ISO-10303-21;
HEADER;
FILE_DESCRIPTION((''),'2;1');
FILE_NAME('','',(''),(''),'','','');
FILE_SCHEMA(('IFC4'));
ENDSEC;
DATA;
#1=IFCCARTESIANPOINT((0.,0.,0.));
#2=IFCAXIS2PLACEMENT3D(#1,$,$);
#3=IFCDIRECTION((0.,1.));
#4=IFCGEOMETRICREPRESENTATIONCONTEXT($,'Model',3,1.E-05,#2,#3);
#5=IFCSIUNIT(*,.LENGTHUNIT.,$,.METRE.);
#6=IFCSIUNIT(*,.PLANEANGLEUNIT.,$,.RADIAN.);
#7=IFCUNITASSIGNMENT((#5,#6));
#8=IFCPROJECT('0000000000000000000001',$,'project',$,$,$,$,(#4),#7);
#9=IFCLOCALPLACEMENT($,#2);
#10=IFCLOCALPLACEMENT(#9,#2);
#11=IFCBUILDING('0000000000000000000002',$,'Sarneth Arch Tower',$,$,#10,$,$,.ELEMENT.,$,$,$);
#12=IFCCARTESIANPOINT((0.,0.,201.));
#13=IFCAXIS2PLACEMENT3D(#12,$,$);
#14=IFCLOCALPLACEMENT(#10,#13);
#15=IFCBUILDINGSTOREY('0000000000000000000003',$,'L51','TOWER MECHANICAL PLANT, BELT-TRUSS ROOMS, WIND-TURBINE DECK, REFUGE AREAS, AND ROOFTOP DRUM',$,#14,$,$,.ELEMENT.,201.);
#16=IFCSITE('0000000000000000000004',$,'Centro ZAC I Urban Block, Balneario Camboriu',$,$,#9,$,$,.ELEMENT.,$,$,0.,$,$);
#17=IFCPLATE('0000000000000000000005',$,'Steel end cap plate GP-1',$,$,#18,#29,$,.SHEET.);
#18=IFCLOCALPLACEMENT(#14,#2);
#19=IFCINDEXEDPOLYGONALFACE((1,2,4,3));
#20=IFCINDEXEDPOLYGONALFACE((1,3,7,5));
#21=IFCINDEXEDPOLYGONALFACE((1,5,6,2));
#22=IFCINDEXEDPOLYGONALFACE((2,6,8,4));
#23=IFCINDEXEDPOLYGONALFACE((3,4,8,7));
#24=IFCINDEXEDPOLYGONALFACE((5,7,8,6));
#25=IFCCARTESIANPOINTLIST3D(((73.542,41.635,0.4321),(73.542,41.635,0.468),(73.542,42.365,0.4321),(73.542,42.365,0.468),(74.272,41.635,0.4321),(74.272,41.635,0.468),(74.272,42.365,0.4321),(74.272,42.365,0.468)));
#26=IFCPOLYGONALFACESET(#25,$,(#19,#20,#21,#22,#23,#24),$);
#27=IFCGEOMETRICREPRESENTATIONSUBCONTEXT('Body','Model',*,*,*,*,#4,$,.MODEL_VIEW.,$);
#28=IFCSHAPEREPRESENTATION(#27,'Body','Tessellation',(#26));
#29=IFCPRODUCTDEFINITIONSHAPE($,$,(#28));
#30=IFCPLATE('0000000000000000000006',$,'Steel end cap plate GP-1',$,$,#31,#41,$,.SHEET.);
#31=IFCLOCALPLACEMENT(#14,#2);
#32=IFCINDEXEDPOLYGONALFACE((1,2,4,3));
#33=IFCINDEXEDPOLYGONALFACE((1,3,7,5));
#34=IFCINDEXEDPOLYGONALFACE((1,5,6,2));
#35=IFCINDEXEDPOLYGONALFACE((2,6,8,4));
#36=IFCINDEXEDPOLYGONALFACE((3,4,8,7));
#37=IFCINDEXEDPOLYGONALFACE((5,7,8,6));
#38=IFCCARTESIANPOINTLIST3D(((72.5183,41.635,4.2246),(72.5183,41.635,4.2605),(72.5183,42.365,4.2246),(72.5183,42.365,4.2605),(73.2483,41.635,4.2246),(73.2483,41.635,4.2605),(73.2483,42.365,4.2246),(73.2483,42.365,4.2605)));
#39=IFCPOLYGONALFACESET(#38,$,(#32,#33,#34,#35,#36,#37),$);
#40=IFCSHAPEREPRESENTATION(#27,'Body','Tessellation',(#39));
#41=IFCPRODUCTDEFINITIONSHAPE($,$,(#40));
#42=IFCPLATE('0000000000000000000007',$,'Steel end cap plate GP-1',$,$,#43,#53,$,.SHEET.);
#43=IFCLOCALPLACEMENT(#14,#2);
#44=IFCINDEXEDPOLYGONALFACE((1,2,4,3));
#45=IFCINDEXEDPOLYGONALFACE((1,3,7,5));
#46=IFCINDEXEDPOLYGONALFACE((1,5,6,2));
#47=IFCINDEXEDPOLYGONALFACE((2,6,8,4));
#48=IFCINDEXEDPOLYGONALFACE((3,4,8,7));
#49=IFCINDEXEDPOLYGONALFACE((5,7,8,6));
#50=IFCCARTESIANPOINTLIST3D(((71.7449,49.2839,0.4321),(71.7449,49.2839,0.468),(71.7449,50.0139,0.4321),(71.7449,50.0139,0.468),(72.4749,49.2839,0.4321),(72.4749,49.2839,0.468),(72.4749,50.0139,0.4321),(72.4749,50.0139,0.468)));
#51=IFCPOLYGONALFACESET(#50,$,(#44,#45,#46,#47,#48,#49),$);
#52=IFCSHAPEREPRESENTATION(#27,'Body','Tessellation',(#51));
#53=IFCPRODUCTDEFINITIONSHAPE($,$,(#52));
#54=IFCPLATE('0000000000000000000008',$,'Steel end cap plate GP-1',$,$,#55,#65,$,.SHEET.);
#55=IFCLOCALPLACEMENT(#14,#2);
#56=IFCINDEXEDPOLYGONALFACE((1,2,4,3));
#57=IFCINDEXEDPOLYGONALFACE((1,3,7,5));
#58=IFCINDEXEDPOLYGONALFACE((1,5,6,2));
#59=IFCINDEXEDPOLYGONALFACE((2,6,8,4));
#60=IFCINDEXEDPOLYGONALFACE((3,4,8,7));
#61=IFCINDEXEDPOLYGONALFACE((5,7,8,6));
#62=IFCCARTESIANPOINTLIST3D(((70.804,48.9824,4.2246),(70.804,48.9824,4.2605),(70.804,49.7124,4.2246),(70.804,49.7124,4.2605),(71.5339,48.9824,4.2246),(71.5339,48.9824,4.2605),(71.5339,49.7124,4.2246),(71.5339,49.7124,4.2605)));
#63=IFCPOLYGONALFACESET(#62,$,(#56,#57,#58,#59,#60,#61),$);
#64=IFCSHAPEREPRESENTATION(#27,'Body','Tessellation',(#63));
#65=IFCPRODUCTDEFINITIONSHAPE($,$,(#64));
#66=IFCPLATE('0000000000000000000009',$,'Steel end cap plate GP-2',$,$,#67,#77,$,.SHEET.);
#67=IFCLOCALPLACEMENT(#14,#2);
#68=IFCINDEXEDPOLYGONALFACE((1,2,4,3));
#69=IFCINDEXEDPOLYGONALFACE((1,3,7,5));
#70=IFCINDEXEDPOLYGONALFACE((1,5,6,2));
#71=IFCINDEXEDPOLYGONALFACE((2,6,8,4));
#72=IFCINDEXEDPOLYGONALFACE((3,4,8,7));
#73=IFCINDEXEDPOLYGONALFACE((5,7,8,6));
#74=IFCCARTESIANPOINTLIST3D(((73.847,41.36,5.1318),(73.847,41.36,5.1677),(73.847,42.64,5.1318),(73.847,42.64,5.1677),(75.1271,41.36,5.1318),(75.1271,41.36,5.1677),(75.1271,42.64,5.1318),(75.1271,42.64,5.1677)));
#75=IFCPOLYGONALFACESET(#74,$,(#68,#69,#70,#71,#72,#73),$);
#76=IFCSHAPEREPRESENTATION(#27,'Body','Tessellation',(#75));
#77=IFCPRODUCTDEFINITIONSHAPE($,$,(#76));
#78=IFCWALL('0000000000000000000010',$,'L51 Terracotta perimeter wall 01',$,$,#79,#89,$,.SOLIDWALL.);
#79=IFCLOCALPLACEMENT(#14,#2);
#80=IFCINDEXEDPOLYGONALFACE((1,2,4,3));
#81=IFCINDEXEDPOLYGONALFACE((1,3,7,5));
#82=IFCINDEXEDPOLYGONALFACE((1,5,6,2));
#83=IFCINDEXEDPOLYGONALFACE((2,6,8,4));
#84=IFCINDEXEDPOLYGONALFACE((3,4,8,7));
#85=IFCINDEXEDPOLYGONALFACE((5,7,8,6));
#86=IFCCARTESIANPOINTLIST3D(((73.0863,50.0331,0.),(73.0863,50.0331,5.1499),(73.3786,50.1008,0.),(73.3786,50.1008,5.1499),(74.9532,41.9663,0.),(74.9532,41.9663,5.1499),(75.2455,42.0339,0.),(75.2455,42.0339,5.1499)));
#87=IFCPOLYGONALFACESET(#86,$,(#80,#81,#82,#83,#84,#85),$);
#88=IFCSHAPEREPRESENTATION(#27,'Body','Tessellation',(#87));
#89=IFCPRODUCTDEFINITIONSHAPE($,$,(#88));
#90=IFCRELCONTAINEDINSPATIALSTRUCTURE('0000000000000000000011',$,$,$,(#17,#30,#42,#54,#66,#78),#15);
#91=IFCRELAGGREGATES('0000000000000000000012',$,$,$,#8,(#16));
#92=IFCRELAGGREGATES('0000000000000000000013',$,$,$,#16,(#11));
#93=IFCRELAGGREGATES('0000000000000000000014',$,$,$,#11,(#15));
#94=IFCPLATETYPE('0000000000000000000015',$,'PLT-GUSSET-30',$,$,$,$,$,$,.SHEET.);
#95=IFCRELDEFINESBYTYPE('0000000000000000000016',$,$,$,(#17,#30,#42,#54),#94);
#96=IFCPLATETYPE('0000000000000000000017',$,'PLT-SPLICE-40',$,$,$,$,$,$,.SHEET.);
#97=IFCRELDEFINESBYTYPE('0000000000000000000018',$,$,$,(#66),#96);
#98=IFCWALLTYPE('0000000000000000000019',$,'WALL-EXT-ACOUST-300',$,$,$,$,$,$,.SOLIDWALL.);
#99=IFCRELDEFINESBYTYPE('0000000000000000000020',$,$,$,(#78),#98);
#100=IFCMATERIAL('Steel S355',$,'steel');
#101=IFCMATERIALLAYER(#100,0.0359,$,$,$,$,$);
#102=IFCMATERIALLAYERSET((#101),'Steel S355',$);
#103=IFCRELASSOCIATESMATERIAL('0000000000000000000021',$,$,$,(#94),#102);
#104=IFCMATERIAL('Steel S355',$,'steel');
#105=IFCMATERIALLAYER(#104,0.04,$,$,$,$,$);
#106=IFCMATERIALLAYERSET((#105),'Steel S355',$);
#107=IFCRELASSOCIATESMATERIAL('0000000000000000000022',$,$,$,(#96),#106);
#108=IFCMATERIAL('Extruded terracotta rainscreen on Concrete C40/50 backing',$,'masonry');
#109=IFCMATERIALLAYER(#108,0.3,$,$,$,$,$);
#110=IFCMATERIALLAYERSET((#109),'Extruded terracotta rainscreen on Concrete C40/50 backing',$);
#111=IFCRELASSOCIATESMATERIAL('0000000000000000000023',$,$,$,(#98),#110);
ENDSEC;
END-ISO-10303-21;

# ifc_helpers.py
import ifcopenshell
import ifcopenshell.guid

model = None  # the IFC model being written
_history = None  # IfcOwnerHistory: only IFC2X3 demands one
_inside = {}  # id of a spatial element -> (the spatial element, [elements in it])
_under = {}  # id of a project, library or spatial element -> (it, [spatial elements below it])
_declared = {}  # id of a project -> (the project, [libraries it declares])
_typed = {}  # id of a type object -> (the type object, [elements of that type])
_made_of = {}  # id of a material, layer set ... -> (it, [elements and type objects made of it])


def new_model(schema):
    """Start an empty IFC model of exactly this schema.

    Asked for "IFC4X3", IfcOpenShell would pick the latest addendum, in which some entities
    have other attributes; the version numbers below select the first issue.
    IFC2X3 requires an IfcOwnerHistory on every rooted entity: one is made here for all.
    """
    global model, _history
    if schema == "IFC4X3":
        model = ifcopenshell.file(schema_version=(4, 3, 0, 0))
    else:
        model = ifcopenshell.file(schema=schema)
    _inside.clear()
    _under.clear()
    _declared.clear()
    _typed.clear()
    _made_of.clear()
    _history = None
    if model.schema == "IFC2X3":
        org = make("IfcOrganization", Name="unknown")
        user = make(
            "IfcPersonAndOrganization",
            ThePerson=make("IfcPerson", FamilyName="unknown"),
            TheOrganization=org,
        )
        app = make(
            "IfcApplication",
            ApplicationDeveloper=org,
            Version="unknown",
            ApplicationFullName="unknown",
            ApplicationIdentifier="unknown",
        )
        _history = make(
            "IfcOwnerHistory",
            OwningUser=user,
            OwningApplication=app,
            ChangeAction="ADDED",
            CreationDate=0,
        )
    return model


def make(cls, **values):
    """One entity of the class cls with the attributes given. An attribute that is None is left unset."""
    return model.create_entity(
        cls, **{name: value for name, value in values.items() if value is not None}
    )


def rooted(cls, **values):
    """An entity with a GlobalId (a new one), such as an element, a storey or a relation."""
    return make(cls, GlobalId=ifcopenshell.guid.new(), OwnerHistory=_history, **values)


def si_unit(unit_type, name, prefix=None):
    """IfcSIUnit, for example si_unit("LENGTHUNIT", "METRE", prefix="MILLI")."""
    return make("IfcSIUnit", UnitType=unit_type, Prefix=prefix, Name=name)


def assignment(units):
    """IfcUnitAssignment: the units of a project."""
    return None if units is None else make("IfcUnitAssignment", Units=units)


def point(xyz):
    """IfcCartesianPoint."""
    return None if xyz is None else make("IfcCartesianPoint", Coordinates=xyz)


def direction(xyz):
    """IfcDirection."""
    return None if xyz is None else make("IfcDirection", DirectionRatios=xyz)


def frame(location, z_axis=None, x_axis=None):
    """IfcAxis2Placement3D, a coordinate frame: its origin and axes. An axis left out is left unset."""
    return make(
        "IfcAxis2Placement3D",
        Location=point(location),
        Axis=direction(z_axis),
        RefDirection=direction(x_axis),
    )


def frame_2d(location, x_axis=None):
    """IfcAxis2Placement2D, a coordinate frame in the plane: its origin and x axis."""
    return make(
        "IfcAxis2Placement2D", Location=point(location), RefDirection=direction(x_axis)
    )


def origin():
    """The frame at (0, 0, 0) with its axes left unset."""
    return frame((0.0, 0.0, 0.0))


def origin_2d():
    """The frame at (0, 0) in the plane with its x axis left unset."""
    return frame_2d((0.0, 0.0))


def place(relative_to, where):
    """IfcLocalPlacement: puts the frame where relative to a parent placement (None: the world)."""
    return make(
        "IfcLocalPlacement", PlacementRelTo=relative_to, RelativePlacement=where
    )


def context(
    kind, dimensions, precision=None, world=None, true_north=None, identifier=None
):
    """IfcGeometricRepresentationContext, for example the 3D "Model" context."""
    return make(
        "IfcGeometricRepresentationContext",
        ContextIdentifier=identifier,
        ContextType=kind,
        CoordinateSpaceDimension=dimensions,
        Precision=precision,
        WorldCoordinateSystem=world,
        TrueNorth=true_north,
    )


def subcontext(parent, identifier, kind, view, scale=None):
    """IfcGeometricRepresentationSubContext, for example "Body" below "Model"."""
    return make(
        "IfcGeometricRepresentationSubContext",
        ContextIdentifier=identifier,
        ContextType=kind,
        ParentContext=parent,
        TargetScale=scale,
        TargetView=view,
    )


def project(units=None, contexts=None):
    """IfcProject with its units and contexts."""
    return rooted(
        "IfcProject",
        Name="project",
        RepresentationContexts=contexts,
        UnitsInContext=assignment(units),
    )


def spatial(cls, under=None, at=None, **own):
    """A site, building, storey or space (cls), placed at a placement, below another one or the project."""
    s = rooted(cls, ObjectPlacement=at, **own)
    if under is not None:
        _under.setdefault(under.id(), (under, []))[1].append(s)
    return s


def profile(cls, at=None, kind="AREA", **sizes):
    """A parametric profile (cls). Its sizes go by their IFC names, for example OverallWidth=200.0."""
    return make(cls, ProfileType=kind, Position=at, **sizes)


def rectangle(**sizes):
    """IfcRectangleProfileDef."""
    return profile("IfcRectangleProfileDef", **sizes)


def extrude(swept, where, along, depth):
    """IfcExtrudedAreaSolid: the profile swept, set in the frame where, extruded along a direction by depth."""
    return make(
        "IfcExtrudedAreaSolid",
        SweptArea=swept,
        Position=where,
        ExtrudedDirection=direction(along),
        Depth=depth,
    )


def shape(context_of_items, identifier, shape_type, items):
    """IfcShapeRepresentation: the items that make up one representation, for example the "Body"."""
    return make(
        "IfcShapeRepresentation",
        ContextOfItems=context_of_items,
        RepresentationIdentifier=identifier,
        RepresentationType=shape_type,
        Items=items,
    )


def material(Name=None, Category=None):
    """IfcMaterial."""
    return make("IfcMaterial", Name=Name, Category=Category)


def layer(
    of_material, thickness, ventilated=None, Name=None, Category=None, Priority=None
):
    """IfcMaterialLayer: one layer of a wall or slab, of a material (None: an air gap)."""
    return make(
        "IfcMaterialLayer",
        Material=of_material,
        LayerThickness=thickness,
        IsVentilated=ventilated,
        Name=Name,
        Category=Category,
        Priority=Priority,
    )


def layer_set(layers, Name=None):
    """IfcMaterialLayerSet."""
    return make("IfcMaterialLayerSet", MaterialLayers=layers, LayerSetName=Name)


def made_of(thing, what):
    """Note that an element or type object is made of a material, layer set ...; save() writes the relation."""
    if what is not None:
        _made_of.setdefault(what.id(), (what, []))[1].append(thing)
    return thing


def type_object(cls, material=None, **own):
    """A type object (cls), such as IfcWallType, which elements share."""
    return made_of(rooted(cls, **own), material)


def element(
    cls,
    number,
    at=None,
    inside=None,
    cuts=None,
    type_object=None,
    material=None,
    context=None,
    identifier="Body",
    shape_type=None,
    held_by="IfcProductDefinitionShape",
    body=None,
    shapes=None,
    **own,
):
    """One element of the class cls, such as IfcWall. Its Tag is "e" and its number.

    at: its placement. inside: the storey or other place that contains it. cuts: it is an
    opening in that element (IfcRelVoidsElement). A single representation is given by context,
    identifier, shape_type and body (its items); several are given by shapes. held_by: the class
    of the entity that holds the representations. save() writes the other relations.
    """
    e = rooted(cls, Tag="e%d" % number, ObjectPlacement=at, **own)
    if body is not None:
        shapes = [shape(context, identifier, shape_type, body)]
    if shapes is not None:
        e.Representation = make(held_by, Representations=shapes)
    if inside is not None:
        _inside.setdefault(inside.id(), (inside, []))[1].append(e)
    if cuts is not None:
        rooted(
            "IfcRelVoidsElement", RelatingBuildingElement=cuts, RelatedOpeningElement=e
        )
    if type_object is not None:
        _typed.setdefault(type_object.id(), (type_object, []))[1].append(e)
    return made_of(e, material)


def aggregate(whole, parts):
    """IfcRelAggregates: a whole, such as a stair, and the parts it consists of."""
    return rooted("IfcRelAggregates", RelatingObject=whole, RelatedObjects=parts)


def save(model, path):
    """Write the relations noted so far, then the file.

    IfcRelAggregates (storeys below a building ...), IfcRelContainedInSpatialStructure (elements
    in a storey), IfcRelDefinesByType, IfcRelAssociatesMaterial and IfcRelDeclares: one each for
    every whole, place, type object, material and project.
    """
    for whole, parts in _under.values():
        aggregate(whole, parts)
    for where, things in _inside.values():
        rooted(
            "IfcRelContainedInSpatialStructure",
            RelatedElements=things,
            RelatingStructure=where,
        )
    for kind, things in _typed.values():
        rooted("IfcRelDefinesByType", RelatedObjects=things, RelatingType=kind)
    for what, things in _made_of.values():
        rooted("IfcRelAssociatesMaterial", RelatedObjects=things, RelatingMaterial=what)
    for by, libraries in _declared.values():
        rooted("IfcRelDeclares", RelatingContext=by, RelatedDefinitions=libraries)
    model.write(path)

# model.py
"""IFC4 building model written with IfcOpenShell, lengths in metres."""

from ifc_helpers import new_model, si_unit, direction, frame, frame_2d, origin, origin_2d, place, context, subcontext, project, spatial, rectangle, extrude, material, layer, layer_set, type_object, element, save


model = new_model("IFC4")

# Units and contexts
model_context = context("Model", 3, precision=1e-05, world=origin(), true_north=direction((0.0, 1.0)))
body_context = subcontext(model_context, "Body", "Model", "MODEL_VIEW")
ifc_project = project(units=[si_unit("LENGTHUNIT", "METRE"), si_unit("PLANEANGLEUNIT", "RADIAN")], contexts=[model_context])

# Site, building, storey
site_placement = place(None, origin())
site = spatial("IfcSite", under=ifc_project, at=site_placement, Name="Centro ZAC I Urban Block, Balneario Camboriu", CompositionType="ELEMENT", RefElevation=0.0)
building_placement = place(site_placement, origin())
building = spatial("IfcBuilding", under=site, at=building_placement, Name="Sarneth Arch Tower", CompositionType="ELEMENT")
storey_placement = place(building_placement, frame((0.0, 0.0, 201.0)))
storey = spatial("IfcBuildingStorey", under=building, at=storey_placement, Name="L51", Description="TOWER MECHANICAL PLANT, BELT-TRUSS ROOMS, WIND-TURBINE DECK, REFUGE AREAS, AND ROOFTOP DRUM", CompositionType="ELEMENT", Elevation=201.0)

# Plates
ifc_material_1 = material(Name="Steel S355", Category="steel")
ifc_layer_1 = layer(ifc_material_1, 0.0359)
ifc_layer_set_1 = layer_set([ifc_layer_1], Name="Steel S355")
plate_type_1 = type_object("IfcPlateType", Name="PLT-GUSSET-30", PredefinedType="SHEET", material=ifc_layer_set_1)
for number, where, z_axis, x_axis, name in (
    (1, (73.907, 42.0, 0.4321), (0.0, 0.0, 1.0), (1.0, 0.0, 0.0), "Steel end cap plate GP-1"),
    (2, (72.8833, 42.0, 4.2246), (0.0, 0.0, 1.0), (1.0, 0.0, 0.0), "Steel end cap plate GP-1"),
    (3, (72.1099, 49.6489, 0.4321), (0.0, 0.0, 1.0), (1.0, 0.0, 0.0), "Steel end cap plate GP-1"),
    (4, (71.1689, 49.3474, 4.2246), (0.0, 0.0, 1.0), (1.0, 0.0, 0.0), "Steel end cap plate GP-1"),
):
    element("IfcPlate", number, at=place(storey_placement, frame(where, z_axis=z_axis, x_axis=x_axis)), inside=storey, type_object=plate_type_1, Name=name, PredefinedType="SHEET", context=body_context, shape_type="SweptSolid", body=[
        extrude(rectangle(XDim=0.73, YDim=0.73, at=origin_2d()), origin(), (0.0, 0.0, 1.0), 0.0359),
    ])
ifc_material_2 = material(Name="Steel S355", Category="steel")
ifc_layer_2 = layer(ifc_material_2, 0.04)
ifc_layer_set_2 = layer_set([ifc_layer_2], Name="Steel S355")
plate_type_2 = type_object("IfcPlateType", Name="PLT-SPLICE-40", PredefinedType="SHEET", material=ifc_layer_set_2)
plate_1_placement = place(storey_placement, frame((74.4871, 42.0, 5.1318), z_axis=(0.0, 0.0, 1.0), x_axis=(1.0, 0.0, 0.0)))
element("IfcPlate", 5, at=plate_1_placement, inside=storey, type_object=plate_type_2, Name="Steel end cap plate GP-2", PredefinedType="SHEET", context=body_context, shape_type="SweptSolid", body=[
    extrude(rectangle(XDim=1.28, YDim=1.28, at=origin_2d()), origin(), (0.0, 0.0, 1.0), 0.0359),
])

# Wall
ifc_material_3 = material(Name="Extruded terracotta rainscreen on Concrete C40/50 backing", Category="masonry")
ifc_layer_3 = layer(ifc_material_3, 0.3)
ifc_layer_set_3 = layer_set([ifc_layer_3], Name="Extruded terracotta rainscreen on Concrete C40/50 backing")
wall_type = type_object("IfcWallType", Name="WALL-EXT-ACOUST-300", PredefinedType="SOLIDWALL", material=ifc_layer_set_3)
wall_placement = place(storey_placement, frame((75.0994, 42.0, 0.0), z_axis=(0.0, 0.0, 1.0), x_axis=(-0.225473, 0.974249, 0.0)))
element("IfcWall", 6, at=wall_placement, inside=storey, type_object=wall_type, Name="L51 Terracotta perimeter wall 01", PredefinedType="SOLIDWALL", context=body_context, shape_type="SweptSolid", body=[
    extrude(rectangle(XDim=8.28, YDim=0.3, at=frame_2d((4.1401, 0.0))), origin(), (0.0, 0.0, 1.0), 5.1499),
])

save(model, "model.ifc")
